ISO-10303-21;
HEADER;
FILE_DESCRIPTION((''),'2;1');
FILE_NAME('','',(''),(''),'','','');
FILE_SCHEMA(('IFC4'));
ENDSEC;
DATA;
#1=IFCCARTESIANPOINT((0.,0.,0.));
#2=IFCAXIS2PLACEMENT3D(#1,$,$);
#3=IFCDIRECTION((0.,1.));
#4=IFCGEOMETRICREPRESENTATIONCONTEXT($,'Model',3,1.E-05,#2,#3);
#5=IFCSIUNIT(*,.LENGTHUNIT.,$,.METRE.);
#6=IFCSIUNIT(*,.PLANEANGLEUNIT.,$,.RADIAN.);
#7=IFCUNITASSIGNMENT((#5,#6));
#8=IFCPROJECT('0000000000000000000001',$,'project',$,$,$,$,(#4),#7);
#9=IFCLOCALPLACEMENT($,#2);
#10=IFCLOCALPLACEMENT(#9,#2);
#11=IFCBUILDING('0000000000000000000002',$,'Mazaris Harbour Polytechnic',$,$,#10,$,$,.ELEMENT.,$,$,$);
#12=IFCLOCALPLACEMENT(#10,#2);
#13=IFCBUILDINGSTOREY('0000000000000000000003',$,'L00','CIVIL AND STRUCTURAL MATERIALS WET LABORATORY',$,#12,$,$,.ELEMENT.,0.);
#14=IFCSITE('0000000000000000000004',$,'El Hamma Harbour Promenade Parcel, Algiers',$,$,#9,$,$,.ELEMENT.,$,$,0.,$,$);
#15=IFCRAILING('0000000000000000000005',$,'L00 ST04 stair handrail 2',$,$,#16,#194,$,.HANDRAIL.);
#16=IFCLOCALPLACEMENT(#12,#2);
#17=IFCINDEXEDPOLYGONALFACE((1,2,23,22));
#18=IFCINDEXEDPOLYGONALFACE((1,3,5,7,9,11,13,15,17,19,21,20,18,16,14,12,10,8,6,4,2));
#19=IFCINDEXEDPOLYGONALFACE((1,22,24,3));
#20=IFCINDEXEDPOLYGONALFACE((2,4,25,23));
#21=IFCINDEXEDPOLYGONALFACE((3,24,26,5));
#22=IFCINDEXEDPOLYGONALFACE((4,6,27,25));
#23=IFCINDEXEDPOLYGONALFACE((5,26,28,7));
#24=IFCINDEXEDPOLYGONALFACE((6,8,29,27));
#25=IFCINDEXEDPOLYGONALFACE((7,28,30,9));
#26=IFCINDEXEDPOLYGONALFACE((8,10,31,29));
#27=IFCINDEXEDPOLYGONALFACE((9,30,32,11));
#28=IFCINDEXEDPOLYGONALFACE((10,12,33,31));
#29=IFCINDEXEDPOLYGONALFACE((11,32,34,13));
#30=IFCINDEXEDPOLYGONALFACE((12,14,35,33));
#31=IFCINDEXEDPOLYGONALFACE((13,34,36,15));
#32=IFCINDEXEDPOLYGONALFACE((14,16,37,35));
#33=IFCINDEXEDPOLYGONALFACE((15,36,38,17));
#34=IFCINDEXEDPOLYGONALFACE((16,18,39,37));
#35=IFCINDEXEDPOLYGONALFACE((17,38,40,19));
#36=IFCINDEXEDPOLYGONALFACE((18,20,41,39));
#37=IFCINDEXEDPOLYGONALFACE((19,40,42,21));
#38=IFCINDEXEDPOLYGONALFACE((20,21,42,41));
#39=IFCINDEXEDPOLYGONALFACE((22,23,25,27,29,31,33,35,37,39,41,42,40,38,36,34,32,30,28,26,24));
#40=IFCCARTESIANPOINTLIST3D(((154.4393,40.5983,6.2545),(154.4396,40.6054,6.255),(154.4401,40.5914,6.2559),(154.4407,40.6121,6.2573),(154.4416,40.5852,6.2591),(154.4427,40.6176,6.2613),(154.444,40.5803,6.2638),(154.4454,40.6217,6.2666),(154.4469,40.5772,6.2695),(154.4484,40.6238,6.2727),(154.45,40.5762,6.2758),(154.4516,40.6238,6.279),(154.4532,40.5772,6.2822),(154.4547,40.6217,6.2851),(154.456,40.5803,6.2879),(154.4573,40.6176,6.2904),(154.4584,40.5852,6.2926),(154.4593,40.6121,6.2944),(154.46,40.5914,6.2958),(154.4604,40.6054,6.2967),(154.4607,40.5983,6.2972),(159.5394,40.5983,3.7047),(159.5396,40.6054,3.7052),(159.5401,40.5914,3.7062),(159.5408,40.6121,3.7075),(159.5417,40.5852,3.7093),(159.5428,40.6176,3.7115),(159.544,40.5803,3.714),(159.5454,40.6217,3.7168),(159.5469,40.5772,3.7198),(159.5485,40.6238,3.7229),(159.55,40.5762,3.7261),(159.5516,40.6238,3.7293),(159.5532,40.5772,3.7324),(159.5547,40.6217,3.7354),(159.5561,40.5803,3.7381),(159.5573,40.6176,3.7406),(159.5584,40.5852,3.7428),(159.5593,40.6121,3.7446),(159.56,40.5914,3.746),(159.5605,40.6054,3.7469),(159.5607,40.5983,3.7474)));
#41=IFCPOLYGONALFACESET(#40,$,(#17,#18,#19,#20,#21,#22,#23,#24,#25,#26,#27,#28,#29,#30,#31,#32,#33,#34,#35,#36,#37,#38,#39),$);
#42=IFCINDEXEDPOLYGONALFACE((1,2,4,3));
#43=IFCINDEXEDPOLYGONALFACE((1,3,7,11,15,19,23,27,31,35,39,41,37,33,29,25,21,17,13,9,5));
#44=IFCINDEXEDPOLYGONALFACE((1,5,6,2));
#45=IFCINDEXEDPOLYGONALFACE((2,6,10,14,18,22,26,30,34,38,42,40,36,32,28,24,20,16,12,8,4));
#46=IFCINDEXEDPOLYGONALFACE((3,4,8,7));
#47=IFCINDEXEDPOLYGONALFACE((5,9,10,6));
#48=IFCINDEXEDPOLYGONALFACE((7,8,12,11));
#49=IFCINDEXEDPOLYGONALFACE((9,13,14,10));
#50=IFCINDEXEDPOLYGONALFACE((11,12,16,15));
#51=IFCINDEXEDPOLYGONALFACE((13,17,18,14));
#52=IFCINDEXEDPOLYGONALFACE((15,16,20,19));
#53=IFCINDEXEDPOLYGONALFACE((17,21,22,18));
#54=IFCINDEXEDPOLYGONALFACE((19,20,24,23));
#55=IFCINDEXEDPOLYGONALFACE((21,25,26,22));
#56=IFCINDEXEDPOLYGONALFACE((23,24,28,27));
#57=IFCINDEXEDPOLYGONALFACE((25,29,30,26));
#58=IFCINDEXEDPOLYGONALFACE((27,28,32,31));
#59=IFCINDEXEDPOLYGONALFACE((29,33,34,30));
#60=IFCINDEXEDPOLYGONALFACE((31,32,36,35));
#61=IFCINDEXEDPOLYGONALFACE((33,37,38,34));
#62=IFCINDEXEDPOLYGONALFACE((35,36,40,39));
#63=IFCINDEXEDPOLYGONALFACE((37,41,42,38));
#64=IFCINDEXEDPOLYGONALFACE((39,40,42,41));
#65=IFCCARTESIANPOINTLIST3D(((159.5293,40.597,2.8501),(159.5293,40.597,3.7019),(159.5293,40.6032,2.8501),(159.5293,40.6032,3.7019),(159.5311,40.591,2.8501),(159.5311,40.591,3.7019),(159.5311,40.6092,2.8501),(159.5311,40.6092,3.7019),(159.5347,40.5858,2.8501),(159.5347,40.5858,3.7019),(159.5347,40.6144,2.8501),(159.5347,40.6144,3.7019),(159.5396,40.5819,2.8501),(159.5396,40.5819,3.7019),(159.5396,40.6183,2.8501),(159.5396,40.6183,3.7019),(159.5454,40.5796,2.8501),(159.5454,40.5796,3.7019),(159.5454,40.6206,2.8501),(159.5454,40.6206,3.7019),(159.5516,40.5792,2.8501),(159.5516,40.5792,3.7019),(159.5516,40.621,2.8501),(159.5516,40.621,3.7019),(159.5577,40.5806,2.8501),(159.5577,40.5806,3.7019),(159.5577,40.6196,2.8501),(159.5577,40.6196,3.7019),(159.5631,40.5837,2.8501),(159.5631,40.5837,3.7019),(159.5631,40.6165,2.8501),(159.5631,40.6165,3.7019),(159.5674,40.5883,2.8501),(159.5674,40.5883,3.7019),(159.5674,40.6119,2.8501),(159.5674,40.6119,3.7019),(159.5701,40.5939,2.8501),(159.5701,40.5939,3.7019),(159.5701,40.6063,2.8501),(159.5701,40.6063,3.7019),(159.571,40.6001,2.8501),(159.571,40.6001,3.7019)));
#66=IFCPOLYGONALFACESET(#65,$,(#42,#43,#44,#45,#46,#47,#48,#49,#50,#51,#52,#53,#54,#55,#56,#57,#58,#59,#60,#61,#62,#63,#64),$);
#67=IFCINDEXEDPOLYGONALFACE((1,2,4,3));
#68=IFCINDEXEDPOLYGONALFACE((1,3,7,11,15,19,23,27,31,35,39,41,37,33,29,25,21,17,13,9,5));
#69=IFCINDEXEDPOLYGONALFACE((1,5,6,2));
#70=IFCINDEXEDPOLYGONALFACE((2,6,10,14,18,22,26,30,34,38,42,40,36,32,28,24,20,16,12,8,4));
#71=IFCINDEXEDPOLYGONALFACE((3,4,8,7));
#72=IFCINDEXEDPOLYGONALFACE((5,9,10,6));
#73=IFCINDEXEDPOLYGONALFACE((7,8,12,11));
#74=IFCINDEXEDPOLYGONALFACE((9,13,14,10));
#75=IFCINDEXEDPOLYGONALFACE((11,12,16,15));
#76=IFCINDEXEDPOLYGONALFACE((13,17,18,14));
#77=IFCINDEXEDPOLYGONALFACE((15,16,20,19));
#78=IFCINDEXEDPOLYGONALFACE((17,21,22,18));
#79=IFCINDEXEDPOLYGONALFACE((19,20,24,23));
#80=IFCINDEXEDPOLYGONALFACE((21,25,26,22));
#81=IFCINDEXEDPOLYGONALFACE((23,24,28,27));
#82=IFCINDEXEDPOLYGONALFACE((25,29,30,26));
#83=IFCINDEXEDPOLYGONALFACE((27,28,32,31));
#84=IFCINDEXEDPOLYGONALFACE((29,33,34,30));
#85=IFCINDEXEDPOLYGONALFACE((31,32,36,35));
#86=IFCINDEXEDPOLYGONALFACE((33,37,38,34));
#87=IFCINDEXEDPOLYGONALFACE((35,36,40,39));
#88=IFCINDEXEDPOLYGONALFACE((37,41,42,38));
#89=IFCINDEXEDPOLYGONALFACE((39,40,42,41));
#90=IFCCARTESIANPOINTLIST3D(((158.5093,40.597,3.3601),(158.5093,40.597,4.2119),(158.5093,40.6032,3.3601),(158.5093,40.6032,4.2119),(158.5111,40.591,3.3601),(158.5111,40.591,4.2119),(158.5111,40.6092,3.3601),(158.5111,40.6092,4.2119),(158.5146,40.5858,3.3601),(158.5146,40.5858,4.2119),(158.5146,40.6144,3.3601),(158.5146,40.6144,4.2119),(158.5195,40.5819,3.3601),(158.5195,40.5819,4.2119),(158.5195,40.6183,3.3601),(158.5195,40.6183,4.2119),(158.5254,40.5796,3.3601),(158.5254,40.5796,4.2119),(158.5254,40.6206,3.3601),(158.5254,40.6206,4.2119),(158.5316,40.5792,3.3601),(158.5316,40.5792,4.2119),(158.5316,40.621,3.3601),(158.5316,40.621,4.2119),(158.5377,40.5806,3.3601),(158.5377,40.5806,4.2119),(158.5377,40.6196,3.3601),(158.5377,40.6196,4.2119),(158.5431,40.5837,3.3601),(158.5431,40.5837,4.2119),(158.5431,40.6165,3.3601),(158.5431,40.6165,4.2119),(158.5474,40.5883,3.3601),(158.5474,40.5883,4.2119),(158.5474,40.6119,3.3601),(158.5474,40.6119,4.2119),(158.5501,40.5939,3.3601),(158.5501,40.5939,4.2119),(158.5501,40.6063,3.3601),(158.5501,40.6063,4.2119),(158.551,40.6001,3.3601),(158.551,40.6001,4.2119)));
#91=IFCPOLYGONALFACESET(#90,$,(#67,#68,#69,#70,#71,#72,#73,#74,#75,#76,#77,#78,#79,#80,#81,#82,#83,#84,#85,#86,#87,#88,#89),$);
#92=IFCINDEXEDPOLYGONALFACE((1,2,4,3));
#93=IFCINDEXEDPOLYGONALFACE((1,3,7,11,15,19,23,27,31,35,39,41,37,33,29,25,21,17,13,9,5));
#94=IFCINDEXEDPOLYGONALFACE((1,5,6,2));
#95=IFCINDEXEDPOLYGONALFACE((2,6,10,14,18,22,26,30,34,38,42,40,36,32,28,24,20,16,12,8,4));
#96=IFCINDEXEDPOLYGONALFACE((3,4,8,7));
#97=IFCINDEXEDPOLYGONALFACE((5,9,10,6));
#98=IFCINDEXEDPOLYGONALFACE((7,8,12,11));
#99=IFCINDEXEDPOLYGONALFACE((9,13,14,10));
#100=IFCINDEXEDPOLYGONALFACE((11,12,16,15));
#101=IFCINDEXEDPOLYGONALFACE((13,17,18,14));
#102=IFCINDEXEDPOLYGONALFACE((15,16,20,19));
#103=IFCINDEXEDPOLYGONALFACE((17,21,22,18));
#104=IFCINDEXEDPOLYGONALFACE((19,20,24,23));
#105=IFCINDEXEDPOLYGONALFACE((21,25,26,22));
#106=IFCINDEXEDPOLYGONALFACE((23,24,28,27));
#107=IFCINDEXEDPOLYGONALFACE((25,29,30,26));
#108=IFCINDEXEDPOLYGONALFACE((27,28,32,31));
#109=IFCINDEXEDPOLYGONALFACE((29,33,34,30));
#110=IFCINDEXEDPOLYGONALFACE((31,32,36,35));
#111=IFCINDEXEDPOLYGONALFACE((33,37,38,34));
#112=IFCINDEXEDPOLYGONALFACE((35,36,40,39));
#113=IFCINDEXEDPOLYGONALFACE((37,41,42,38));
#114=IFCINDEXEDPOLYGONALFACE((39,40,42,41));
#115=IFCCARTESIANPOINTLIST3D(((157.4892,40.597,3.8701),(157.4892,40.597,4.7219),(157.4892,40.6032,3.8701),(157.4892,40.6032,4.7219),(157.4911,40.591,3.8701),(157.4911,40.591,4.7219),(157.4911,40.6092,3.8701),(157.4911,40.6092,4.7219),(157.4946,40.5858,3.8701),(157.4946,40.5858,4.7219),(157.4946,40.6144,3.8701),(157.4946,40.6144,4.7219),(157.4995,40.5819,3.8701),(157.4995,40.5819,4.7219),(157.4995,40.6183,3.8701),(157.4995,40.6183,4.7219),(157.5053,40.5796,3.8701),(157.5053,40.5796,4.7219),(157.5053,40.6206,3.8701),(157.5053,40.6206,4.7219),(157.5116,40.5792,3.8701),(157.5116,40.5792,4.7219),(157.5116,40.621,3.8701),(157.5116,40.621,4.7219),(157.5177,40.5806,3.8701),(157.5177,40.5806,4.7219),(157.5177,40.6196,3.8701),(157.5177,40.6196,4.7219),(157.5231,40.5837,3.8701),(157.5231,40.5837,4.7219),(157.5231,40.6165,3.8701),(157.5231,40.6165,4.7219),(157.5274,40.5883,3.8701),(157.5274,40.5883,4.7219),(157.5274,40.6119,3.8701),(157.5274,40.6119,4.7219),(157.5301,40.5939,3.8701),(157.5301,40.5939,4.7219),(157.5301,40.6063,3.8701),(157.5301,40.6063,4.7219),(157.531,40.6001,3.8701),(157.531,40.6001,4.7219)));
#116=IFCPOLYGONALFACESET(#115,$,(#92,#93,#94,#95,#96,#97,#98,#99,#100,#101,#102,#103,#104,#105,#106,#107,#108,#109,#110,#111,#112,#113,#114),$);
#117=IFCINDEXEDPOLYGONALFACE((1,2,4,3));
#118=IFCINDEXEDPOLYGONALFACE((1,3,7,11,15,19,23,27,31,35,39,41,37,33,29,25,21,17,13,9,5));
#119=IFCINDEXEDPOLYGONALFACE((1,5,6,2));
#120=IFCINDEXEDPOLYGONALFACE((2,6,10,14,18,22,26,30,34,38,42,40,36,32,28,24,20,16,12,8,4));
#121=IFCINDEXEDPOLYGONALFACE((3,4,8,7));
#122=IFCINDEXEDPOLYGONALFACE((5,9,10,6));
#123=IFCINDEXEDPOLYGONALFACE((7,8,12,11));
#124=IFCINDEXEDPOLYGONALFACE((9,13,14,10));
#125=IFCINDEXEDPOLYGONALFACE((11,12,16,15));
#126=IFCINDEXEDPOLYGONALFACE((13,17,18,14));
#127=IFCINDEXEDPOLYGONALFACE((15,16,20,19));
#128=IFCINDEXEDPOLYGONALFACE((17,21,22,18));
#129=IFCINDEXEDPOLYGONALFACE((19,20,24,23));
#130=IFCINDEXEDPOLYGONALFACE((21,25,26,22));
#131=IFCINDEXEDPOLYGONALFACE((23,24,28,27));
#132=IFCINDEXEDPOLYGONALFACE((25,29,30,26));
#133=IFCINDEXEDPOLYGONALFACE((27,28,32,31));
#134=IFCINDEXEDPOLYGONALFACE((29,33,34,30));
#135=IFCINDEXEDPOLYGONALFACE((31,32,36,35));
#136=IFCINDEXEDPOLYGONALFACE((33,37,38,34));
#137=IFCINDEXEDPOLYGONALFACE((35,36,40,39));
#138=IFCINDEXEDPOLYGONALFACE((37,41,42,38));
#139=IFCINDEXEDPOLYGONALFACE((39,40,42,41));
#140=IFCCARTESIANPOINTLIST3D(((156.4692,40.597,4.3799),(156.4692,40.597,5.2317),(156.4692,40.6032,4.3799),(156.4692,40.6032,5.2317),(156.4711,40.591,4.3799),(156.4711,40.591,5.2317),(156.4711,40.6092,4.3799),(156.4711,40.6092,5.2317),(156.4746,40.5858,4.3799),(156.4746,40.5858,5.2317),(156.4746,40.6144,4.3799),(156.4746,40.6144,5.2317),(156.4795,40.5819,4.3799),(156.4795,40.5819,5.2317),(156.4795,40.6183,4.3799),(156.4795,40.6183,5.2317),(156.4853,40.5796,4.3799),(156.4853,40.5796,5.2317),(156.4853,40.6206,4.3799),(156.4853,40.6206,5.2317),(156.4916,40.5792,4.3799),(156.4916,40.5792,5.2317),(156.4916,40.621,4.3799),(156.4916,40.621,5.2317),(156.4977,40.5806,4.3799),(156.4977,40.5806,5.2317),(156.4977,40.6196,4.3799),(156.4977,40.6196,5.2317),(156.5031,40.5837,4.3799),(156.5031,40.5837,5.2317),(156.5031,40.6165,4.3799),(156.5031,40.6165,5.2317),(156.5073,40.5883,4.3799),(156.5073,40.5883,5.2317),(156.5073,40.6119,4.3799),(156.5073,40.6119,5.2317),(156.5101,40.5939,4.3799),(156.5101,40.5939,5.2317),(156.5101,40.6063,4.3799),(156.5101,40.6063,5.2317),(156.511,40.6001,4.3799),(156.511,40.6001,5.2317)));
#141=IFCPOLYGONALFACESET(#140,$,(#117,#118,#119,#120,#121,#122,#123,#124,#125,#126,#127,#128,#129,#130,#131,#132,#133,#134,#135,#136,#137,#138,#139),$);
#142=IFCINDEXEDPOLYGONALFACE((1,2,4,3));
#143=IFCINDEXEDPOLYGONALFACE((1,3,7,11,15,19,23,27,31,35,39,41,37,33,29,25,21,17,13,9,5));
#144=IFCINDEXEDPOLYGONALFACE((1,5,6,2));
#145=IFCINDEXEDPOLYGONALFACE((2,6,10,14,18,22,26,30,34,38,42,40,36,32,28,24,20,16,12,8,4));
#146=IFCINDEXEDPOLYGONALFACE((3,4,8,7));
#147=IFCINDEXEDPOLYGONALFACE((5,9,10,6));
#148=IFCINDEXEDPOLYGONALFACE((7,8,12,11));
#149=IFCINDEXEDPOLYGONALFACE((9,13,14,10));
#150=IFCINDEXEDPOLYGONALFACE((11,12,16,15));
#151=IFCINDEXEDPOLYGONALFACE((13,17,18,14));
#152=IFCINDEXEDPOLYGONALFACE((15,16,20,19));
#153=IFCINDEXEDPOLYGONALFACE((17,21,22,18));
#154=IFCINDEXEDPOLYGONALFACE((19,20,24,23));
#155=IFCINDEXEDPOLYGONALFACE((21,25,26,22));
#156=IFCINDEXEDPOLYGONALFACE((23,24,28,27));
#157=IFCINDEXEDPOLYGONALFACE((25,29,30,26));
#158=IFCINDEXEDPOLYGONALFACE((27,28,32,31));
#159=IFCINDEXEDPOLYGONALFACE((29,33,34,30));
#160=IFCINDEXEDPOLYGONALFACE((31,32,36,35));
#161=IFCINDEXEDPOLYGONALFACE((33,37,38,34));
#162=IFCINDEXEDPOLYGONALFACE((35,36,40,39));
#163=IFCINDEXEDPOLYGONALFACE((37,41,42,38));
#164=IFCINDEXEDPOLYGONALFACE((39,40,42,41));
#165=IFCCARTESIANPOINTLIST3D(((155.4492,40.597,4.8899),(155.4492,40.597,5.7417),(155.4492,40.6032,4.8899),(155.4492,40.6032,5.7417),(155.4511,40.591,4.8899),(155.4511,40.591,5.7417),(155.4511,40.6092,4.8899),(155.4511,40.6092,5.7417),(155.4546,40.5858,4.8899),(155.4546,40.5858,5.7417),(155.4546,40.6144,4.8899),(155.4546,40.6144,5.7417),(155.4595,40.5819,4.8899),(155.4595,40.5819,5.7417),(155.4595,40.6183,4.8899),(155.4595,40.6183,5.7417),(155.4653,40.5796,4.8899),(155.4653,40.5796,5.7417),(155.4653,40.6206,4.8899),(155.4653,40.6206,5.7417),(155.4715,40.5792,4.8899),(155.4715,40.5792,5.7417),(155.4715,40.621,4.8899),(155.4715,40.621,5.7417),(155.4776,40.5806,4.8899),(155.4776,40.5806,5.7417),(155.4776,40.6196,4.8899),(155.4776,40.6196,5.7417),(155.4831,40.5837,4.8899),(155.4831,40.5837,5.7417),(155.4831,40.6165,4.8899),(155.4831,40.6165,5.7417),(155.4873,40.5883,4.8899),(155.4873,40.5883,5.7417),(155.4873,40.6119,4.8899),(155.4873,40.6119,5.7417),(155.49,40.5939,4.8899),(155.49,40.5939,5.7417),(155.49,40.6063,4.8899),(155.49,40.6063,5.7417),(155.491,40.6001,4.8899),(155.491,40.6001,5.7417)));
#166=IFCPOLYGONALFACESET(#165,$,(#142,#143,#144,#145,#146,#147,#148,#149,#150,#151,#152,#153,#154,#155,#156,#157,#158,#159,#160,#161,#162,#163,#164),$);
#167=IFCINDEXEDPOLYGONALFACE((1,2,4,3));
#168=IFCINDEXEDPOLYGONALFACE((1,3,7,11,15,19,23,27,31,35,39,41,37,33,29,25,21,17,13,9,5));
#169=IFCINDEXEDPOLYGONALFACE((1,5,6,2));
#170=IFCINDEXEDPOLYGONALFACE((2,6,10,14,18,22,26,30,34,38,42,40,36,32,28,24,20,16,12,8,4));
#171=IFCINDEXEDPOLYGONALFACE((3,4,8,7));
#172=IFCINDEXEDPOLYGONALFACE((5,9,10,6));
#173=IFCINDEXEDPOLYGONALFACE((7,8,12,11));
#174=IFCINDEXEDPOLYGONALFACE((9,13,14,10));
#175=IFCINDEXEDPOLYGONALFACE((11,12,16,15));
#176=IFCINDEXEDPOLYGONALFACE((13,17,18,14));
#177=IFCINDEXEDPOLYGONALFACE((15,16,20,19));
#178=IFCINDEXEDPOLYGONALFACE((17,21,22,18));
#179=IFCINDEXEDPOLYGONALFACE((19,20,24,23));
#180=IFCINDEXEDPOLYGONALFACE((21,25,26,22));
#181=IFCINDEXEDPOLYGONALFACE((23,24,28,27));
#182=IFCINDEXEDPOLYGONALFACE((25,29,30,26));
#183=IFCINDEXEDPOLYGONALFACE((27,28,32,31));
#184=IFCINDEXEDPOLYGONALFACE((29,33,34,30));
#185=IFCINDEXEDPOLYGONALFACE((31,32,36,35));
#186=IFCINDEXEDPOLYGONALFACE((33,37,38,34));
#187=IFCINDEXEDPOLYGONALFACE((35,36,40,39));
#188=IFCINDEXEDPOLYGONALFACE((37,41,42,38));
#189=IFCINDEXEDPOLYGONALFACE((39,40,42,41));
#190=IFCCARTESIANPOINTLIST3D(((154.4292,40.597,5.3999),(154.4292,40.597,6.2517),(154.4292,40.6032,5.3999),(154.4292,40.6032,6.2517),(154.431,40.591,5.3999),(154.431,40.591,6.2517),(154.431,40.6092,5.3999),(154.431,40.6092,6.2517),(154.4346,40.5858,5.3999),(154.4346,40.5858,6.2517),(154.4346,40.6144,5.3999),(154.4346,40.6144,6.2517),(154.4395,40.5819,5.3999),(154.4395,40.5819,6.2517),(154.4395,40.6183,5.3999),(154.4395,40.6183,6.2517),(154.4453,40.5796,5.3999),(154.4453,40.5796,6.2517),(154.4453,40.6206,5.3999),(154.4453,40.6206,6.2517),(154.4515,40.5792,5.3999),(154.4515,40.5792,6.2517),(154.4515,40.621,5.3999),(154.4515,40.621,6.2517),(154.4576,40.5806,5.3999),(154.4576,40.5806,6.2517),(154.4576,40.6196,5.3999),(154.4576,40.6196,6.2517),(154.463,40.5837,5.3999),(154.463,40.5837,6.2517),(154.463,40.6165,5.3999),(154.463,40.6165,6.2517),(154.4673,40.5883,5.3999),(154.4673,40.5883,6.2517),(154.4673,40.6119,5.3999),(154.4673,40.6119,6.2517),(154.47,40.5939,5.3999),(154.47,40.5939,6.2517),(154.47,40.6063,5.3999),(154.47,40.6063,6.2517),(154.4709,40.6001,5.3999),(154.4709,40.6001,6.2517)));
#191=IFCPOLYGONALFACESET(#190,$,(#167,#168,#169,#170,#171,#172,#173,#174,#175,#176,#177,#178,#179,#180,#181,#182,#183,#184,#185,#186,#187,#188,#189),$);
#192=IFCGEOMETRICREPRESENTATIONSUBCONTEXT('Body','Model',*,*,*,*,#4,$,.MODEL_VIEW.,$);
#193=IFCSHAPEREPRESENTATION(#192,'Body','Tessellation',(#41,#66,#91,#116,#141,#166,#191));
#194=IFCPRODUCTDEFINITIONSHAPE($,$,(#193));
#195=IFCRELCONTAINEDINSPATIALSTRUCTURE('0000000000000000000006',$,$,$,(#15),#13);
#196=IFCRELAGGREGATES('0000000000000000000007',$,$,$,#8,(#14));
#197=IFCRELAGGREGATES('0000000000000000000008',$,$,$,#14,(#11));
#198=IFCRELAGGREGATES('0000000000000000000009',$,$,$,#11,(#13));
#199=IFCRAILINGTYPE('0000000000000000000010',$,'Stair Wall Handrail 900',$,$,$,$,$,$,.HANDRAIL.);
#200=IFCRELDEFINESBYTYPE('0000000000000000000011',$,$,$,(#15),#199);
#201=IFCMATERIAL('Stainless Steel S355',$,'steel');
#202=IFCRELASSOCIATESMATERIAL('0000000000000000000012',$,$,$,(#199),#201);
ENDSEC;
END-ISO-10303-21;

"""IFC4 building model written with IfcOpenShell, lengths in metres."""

from ifc_helpers import new_model, si_unit, direction, frame, origin, origin_2d, place, context, subcontext, project, spatial, circle, extrude, material, type_object, element, save


model = new_model("IFC4")

# Units and contexts
model_context = context("Model", 3, precision=1e-05, world=origin(), true_north=direction((0.0, 1.0)))
body_context = subcontext(model_context, "Body", "Model", "MODEL_VIEW")
ifc_project = project(units=[si_unit("LENGTHUNIT", "METRE"), si_unit("PLANEANGLEUNIT", "RADIAN")], contexts=[model_context])

# Site, building, storey
site_placement = place(None, origin())
site = spatial("IfcSite", under=ifc_project, at=site_placement, Name="El Hamma Harbour Promenade Parcel, Algiers", CompositionType="ELEMENT", RefElevation=0.0)
building_placement = place(site_placement, origin())
building = spatial("IfcBuilding", under=site, at=building_placement, Name="Mazaris Harbour Polytechnic", CompositionType="ELEMENT")
storey_placement = place(building_placement, origin())
storey = spatial("IfcBuildingStorey", under=building, at=storey_placement, Name="L00", Description="CIVIL AND STRUCTURAL MATERIALS WET LABORATORY", CompositionType="ELEMENT", Elevation=0.0)

# Railing
ifc_material_1 = material(Name="Stainless Steel S355", Category="steel")
railing_type_1 = type_object("IfcRailingType", Name="Stair Wall Handrail 900", PredefinedType="HANDRAIL", material=ifc_material_1)
railing_1_placement = place(storey_placement, frame((159.55, 40.6001, 2.8501)))
element("IfcRailing", 1, at=railing_1_placement, inside=storey, type_object=railing_type_1, Name="L00 ST04 stair handrail 2", PredefinedType="HANDRAIL", context=body_context, shape_type="SweptSolid", body=[
    extrude(circle(Radius=0.0239, at=origin_2d()), frame((0.0, 0.0, 0.876), z_axis=(-0.894444, 0.0, 0.447179), x_axis=(0.0, -1.0, 0.0)), (0.0, 0.0, 1.0), 5.7019),
    extrude(circle(Radius=0.021, at=origin_2d()), origin(), (0.0, 0.0, 1.0), 0.8518),
    extrude(circle(Radius=0.021, at=origin_2d()), frame((-1.02, 0.0, 0.51)), (0.0, 0.0, 1.0), 0.8518),
    extrude(circle(Radius=0.021, at=origin_2d()), frame((-2.04, 0.0, 1.02)), (0.0, 0.0, 1.0), 0.8518),
    extrude(circle(Radius=0.021, at=origin_2d()), frame((-3.0601, 0.0, 1.5298)), (0.0, 0.0, 1.0), 0.8518),
    extrude(circle(Radius=0.021, at=origin_2d()), frame((-4.0801, 0.0, 2.0398)), (0.0, 0.0, 1.0), 0.8518),
    extrude(circle(Radius=0.021, at=origin_2d()), frame((-5.1001, 0.0, 2.5498)), (0.0, 0.0, 1.0), 0.8518),
])

save(model, "model.ifc")
